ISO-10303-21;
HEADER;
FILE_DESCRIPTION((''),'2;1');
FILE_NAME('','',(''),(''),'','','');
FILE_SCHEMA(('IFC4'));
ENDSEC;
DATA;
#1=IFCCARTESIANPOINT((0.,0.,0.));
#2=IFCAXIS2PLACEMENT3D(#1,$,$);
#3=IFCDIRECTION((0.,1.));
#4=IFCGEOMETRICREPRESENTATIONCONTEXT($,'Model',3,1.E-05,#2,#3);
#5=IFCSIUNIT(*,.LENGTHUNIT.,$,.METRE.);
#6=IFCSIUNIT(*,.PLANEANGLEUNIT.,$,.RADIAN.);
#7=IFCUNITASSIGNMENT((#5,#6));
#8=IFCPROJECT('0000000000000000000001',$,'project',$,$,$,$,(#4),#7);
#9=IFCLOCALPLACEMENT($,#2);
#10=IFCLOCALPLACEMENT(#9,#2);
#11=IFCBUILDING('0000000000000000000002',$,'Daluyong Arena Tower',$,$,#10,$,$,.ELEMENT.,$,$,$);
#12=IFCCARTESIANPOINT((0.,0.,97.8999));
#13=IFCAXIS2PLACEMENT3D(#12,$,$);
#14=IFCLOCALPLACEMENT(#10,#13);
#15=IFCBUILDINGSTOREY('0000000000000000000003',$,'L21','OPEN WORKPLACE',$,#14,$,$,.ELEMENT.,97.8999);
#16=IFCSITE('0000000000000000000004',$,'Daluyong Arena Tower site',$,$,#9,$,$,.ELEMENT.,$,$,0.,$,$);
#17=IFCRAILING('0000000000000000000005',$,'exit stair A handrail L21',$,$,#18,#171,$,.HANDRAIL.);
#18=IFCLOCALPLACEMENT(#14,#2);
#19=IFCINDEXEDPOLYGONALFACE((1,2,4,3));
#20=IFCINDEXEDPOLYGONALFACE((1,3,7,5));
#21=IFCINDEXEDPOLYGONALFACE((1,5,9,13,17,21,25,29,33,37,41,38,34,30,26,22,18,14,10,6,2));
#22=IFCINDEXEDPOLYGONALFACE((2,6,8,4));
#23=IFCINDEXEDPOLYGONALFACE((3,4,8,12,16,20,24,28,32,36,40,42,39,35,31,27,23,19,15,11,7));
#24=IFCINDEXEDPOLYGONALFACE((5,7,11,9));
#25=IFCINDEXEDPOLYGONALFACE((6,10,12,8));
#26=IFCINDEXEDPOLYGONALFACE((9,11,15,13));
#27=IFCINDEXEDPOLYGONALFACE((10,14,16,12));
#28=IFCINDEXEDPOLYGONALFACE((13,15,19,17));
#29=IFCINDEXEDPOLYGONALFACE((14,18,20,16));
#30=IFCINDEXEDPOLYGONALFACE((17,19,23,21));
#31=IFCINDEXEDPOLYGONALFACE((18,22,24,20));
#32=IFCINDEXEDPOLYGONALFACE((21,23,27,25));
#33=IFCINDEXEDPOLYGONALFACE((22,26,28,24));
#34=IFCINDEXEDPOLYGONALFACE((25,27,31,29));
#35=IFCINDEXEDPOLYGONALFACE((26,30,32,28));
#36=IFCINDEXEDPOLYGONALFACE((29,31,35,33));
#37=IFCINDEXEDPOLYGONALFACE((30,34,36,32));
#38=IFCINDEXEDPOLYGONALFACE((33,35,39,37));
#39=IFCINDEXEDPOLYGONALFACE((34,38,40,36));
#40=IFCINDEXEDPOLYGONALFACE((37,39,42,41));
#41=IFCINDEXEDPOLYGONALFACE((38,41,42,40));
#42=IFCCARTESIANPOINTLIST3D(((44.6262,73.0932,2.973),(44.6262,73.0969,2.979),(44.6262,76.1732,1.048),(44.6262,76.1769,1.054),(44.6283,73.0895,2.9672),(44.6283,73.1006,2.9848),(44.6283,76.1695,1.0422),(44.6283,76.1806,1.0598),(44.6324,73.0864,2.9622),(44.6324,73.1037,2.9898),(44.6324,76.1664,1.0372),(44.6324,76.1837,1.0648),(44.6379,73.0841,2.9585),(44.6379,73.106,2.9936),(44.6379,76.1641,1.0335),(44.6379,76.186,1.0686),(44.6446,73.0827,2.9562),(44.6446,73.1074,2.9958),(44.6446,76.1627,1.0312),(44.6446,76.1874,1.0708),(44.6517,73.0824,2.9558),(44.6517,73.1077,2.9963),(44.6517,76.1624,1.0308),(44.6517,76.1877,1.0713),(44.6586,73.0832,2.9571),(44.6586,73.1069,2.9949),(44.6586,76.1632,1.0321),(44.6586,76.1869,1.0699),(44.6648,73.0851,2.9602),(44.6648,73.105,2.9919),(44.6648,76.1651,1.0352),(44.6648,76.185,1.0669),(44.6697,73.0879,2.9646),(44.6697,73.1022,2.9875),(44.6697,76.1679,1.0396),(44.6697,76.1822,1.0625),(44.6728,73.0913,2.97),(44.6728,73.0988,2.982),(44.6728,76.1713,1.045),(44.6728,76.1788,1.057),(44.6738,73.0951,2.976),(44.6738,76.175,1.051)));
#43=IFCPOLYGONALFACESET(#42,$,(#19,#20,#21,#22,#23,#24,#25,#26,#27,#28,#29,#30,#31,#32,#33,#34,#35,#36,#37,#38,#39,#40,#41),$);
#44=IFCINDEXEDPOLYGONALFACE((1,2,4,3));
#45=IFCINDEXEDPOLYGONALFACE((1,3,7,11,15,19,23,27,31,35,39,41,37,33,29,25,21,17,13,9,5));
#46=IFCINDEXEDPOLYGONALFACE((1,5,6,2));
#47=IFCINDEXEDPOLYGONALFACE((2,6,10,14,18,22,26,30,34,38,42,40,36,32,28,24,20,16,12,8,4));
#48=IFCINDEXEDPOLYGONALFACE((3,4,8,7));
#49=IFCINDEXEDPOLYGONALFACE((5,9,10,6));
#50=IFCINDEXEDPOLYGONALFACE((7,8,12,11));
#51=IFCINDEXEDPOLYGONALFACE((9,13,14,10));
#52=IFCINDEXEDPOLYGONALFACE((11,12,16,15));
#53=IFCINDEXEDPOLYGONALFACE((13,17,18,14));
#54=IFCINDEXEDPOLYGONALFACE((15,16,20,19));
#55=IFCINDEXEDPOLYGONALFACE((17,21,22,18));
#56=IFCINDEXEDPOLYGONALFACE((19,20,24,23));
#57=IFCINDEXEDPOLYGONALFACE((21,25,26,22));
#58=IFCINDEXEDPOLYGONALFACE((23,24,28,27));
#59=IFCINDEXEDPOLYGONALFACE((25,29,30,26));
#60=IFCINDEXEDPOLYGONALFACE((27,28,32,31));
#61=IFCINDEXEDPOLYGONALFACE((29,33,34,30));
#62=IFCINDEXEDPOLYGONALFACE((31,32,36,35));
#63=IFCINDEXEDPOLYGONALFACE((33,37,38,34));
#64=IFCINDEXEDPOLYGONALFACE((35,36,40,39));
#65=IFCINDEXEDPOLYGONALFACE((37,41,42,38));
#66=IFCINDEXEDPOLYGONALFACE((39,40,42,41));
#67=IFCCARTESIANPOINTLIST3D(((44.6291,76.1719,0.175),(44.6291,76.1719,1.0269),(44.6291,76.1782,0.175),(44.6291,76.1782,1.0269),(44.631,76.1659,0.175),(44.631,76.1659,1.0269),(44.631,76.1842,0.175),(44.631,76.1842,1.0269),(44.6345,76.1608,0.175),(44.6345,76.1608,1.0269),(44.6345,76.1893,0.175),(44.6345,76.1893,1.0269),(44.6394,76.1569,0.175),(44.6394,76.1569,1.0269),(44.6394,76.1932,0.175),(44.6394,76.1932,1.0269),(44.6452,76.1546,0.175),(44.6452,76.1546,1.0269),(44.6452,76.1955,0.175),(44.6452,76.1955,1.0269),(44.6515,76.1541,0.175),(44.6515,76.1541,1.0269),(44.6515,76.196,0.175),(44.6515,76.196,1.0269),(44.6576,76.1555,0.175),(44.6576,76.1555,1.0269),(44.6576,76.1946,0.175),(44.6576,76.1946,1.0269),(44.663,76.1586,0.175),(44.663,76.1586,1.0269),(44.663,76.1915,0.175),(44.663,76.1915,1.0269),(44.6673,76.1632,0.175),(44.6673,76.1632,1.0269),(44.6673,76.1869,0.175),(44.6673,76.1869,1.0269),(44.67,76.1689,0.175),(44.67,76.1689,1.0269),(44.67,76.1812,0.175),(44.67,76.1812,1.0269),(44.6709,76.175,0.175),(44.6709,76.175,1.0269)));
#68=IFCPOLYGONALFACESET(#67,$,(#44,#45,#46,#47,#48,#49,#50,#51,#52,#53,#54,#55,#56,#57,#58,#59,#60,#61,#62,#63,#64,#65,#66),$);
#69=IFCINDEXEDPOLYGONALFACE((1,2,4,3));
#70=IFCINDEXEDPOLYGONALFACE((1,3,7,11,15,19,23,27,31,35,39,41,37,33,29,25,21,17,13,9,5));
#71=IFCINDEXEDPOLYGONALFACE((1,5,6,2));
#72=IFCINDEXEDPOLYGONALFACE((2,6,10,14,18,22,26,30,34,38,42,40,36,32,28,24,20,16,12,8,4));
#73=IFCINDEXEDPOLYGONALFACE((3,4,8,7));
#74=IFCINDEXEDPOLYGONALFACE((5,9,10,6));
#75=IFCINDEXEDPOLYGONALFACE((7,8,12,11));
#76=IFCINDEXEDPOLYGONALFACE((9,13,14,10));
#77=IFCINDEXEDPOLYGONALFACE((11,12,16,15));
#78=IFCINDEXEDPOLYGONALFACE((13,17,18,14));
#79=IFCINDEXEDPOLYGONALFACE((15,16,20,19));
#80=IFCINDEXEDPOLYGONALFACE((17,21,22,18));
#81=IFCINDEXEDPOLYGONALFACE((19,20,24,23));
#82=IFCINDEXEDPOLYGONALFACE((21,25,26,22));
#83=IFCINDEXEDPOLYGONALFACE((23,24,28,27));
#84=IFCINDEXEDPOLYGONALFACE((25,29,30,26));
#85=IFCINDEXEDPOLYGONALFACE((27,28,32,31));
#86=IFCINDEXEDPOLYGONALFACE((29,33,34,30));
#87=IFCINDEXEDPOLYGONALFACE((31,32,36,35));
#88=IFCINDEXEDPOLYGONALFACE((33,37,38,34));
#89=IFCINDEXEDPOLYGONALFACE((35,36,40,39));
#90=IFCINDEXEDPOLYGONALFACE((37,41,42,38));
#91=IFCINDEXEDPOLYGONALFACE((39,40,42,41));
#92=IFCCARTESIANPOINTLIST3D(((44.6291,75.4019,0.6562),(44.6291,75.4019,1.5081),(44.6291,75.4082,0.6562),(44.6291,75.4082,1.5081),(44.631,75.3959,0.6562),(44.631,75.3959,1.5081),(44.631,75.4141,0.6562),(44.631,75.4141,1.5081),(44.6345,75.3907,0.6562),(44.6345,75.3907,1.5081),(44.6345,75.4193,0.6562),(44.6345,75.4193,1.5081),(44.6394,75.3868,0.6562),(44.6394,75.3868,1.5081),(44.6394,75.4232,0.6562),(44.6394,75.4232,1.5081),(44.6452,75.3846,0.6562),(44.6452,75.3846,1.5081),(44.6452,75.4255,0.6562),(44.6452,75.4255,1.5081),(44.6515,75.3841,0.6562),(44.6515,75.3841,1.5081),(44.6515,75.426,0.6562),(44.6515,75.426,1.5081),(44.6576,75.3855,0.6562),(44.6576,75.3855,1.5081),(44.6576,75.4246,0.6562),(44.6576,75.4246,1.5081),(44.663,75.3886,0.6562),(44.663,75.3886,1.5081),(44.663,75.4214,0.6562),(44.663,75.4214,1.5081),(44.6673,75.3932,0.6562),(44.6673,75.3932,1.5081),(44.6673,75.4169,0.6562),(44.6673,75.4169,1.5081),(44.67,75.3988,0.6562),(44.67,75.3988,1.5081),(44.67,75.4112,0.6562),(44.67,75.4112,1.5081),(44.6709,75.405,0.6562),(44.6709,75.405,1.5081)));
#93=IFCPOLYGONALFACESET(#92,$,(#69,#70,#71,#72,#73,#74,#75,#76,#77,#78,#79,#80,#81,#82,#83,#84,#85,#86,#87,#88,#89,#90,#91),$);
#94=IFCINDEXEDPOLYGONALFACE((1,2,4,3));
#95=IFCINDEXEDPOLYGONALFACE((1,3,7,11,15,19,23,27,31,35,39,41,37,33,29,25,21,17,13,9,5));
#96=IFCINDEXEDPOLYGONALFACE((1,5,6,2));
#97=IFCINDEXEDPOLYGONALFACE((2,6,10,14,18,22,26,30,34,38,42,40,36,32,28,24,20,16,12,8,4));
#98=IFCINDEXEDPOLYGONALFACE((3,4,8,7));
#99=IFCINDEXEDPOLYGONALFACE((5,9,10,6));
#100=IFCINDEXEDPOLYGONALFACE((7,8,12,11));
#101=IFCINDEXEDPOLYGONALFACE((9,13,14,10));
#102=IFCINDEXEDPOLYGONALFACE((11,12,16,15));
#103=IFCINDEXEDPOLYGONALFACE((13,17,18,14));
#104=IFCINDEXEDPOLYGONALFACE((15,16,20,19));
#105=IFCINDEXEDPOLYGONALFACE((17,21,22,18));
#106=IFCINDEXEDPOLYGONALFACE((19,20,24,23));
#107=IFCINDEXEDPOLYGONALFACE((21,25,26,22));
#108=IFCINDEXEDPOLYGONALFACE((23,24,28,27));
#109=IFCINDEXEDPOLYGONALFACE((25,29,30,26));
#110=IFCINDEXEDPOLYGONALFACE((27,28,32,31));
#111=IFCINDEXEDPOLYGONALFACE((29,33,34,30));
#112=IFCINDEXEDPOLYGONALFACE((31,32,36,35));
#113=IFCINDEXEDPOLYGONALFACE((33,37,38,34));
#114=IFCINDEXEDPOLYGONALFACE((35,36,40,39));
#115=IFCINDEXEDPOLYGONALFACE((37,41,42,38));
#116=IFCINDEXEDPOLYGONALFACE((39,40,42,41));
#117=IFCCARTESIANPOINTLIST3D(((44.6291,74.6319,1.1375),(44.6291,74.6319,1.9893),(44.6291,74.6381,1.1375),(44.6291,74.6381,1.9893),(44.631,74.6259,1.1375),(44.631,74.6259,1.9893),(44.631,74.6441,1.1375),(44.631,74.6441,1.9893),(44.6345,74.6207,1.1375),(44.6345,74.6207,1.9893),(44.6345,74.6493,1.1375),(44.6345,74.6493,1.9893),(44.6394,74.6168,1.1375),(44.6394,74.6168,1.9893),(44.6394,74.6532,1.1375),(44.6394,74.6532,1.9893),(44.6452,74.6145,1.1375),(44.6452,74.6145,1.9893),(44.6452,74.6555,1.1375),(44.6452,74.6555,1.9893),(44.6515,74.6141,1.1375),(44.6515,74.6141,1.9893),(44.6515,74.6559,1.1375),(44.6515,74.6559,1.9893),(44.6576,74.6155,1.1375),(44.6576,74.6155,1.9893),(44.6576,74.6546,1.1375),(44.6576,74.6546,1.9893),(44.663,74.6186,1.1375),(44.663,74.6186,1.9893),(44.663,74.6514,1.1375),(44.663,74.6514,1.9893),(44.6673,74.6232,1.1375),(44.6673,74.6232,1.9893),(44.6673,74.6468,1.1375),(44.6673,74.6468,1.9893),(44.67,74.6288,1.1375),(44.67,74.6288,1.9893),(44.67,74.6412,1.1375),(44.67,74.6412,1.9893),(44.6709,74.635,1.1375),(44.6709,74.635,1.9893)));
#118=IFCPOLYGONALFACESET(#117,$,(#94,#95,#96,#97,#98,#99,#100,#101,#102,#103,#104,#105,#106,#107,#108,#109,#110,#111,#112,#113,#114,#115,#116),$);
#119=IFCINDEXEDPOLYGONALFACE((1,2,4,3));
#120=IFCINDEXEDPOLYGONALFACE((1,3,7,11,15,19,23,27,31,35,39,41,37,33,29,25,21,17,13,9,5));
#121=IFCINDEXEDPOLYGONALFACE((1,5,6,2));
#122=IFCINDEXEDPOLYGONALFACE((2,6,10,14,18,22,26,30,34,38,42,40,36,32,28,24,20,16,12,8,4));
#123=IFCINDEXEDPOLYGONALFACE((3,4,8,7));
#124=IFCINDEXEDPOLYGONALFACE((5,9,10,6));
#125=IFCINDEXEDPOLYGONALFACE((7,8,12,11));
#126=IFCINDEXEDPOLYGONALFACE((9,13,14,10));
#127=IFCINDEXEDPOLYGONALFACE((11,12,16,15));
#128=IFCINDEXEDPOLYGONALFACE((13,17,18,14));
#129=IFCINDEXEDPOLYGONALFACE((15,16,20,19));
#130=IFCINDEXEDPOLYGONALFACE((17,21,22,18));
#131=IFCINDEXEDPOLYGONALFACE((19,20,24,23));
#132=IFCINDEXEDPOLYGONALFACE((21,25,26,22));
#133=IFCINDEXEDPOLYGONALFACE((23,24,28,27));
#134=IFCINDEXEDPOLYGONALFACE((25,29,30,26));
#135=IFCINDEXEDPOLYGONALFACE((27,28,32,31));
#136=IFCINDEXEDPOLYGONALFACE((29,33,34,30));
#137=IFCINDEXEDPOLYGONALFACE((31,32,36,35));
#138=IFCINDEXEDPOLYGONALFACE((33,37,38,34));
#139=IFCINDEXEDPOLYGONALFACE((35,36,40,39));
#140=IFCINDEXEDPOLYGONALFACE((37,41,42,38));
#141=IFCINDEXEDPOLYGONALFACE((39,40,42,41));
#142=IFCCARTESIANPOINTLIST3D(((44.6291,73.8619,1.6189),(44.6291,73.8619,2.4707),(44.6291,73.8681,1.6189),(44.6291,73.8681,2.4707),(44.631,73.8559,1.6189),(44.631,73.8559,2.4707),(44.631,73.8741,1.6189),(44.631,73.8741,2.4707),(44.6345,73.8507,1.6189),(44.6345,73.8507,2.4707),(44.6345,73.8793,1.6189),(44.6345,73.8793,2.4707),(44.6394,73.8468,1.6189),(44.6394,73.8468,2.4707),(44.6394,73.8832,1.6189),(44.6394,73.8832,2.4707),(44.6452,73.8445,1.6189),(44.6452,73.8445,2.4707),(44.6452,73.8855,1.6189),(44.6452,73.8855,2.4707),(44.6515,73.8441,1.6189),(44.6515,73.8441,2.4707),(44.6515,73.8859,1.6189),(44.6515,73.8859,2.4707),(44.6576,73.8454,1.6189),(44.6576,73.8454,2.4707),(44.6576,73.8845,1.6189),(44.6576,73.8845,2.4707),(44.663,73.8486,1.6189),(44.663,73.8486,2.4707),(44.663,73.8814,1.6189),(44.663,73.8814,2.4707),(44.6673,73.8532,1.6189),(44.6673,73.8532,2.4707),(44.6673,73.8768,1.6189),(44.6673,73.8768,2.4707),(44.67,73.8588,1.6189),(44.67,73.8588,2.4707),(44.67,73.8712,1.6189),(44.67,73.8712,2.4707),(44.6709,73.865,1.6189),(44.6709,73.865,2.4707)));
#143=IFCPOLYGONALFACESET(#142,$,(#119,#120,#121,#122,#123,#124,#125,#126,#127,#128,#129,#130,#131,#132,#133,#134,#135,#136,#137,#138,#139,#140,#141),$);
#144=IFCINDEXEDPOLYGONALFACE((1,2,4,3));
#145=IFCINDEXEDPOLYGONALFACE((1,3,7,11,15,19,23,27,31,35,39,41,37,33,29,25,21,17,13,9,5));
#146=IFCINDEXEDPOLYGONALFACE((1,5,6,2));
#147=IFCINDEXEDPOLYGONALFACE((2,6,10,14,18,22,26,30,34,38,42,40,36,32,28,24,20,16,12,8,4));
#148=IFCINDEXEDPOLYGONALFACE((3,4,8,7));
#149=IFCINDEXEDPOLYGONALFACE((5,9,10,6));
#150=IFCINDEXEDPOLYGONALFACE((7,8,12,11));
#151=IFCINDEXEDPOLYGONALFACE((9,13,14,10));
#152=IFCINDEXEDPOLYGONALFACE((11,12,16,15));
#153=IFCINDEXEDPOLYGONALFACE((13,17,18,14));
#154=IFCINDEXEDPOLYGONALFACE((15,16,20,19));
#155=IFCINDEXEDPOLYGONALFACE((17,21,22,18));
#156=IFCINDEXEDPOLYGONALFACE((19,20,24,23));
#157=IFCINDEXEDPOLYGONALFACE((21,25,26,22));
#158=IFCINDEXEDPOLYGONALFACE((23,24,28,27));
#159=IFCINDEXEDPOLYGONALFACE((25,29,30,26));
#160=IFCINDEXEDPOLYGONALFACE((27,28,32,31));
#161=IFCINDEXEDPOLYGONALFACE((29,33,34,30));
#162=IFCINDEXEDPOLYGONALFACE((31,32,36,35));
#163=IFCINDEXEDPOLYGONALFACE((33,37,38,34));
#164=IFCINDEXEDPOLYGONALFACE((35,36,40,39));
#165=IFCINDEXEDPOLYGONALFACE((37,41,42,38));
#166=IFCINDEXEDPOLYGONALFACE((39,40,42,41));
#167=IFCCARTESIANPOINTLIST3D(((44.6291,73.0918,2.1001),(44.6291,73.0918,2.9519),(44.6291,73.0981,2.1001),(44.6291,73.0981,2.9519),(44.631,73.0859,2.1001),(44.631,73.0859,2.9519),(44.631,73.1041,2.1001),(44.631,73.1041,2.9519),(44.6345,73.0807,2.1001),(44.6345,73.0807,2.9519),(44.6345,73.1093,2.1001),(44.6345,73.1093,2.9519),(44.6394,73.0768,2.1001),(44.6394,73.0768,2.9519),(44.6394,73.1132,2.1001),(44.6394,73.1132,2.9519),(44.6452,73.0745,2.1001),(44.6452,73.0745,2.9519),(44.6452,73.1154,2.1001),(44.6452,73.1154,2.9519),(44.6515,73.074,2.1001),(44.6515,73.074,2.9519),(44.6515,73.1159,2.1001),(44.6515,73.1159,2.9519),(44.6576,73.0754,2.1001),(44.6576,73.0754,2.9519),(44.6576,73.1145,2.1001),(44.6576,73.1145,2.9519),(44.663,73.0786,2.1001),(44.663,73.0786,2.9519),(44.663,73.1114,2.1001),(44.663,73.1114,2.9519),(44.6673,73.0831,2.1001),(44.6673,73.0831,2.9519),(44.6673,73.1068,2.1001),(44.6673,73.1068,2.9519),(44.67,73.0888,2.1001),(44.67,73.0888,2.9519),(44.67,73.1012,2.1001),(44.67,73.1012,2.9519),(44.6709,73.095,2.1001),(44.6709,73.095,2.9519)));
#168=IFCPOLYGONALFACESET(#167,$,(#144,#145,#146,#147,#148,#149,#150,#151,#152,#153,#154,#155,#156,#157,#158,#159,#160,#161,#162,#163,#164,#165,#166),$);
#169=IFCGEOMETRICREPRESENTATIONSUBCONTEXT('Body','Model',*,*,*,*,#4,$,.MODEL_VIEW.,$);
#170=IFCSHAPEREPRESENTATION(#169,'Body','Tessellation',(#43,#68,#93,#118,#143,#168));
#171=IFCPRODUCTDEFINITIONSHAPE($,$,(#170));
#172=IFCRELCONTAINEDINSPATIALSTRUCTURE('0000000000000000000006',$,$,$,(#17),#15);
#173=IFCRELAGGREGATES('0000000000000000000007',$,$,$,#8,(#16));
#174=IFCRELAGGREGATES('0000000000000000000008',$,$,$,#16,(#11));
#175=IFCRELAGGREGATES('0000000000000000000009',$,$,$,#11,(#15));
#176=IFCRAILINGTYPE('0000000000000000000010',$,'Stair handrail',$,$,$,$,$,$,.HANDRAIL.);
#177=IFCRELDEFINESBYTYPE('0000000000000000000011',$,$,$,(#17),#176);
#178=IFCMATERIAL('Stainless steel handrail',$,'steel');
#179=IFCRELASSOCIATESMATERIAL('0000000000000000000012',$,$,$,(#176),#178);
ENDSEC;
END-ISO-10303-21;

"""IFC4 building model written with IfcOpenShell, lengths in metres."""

from ifc_helpers import new_model, si_unit, direction, frame, origin, origin_2d, place, context, subcontext, project, spatial, circle, extrude, material, type_object, element, save


model = new_model("IFC4")

# Units and contexts
model_context = context("Model", 3, precision=1e-05, world=origin(), true_north=direction((0.0, 1.0)))
body_context = subcontext(model_context, "Body", "Model", "MODEL_VIEW")
ifc_project = project(units=[si_unit("LENGTHUNIT", "METRE"), si_unit("PLANEANGLEUNIT", "RADIAN")], contexts=[model_context])

# Site, building, storey
site_placement = place(None, origin())
site = spatial("IfcSite", under=ifc_project, at=site_placement, Name="Daluyong Arena Tower site", CompositionType="ELEMENT", RefElevation=0.0)
building_placement = place(site_placement, origin())
building = spatial("IfcBuilding", under=site, at=building_placement, Name="Daluyong Arena Tower", CompositionType="ELEMENT")
storey_placement = place(building_placement, frame((0.0, 0.0, 97.8999)))
storey = spatial("IfcBuildingStorey", under=building, at=storey_placement, Name="L21", Description="OPEN WORKPLACE", CompositionType="ELEMENT", Elevation=97.8999)

# Railing
ifc_material_1 = material(Name="Stainless steel handrail", Category="steel")
railing_type_1 = type_object("IfcRailingType", Name="Stair handrail", PredefinedType="HANDRAIL", material=ifc_material_1)
railing_1_placement = place(storey_placement, frame((44.6499, 76.175, 0.175)))
element("IfcRailing", 1, at=railing_1_placement, inside=storey, type_object=railing_type_1, Name="exit stair A handrail L21", PredefinedType="HANDRAIL", context=body_context, shape_type="SweptSolid", body=[
    extrude(circle(Radius=0.0239, at=origin_2d()), frame((0.0, 0.0, 0.876), z_axis=(0.0, -0.847998, 0.529999), x_axis=(1.0, 0.0, 0.0)), (0.0, 0.0, 1.0), 3.6321),
    extrude(circle(Radius=0.021, at=origin_2d()), origin(), (0.0, 0.0, 1.0), 0.8518),
    extrude(circle(Radius=0.021, at=origin_2d()), frame((0.0, -0.77, 0.4812)), (0.0, 0.0, 1.0), 0.8518),
    extrude(circle(Radius=0.021, at=origin_2d()), frame((0.0, -1.54, 0.9624)), (0.0, 0.0, 1.0), 0.8518),
    extrude(circle(Radius=0.021, at=origin_2d()), frame((0.0, -2.3101, 1.4438)), (0.0, 0.0, 1.0), 0.8518),
    extrude(circle(Radius=0.021, at=origin_2d()), frame((0.0, -3.0801, 1.925)), (0.0, 0.0, 1.0), 0.8518),
])

save(model, "model.ifc")
